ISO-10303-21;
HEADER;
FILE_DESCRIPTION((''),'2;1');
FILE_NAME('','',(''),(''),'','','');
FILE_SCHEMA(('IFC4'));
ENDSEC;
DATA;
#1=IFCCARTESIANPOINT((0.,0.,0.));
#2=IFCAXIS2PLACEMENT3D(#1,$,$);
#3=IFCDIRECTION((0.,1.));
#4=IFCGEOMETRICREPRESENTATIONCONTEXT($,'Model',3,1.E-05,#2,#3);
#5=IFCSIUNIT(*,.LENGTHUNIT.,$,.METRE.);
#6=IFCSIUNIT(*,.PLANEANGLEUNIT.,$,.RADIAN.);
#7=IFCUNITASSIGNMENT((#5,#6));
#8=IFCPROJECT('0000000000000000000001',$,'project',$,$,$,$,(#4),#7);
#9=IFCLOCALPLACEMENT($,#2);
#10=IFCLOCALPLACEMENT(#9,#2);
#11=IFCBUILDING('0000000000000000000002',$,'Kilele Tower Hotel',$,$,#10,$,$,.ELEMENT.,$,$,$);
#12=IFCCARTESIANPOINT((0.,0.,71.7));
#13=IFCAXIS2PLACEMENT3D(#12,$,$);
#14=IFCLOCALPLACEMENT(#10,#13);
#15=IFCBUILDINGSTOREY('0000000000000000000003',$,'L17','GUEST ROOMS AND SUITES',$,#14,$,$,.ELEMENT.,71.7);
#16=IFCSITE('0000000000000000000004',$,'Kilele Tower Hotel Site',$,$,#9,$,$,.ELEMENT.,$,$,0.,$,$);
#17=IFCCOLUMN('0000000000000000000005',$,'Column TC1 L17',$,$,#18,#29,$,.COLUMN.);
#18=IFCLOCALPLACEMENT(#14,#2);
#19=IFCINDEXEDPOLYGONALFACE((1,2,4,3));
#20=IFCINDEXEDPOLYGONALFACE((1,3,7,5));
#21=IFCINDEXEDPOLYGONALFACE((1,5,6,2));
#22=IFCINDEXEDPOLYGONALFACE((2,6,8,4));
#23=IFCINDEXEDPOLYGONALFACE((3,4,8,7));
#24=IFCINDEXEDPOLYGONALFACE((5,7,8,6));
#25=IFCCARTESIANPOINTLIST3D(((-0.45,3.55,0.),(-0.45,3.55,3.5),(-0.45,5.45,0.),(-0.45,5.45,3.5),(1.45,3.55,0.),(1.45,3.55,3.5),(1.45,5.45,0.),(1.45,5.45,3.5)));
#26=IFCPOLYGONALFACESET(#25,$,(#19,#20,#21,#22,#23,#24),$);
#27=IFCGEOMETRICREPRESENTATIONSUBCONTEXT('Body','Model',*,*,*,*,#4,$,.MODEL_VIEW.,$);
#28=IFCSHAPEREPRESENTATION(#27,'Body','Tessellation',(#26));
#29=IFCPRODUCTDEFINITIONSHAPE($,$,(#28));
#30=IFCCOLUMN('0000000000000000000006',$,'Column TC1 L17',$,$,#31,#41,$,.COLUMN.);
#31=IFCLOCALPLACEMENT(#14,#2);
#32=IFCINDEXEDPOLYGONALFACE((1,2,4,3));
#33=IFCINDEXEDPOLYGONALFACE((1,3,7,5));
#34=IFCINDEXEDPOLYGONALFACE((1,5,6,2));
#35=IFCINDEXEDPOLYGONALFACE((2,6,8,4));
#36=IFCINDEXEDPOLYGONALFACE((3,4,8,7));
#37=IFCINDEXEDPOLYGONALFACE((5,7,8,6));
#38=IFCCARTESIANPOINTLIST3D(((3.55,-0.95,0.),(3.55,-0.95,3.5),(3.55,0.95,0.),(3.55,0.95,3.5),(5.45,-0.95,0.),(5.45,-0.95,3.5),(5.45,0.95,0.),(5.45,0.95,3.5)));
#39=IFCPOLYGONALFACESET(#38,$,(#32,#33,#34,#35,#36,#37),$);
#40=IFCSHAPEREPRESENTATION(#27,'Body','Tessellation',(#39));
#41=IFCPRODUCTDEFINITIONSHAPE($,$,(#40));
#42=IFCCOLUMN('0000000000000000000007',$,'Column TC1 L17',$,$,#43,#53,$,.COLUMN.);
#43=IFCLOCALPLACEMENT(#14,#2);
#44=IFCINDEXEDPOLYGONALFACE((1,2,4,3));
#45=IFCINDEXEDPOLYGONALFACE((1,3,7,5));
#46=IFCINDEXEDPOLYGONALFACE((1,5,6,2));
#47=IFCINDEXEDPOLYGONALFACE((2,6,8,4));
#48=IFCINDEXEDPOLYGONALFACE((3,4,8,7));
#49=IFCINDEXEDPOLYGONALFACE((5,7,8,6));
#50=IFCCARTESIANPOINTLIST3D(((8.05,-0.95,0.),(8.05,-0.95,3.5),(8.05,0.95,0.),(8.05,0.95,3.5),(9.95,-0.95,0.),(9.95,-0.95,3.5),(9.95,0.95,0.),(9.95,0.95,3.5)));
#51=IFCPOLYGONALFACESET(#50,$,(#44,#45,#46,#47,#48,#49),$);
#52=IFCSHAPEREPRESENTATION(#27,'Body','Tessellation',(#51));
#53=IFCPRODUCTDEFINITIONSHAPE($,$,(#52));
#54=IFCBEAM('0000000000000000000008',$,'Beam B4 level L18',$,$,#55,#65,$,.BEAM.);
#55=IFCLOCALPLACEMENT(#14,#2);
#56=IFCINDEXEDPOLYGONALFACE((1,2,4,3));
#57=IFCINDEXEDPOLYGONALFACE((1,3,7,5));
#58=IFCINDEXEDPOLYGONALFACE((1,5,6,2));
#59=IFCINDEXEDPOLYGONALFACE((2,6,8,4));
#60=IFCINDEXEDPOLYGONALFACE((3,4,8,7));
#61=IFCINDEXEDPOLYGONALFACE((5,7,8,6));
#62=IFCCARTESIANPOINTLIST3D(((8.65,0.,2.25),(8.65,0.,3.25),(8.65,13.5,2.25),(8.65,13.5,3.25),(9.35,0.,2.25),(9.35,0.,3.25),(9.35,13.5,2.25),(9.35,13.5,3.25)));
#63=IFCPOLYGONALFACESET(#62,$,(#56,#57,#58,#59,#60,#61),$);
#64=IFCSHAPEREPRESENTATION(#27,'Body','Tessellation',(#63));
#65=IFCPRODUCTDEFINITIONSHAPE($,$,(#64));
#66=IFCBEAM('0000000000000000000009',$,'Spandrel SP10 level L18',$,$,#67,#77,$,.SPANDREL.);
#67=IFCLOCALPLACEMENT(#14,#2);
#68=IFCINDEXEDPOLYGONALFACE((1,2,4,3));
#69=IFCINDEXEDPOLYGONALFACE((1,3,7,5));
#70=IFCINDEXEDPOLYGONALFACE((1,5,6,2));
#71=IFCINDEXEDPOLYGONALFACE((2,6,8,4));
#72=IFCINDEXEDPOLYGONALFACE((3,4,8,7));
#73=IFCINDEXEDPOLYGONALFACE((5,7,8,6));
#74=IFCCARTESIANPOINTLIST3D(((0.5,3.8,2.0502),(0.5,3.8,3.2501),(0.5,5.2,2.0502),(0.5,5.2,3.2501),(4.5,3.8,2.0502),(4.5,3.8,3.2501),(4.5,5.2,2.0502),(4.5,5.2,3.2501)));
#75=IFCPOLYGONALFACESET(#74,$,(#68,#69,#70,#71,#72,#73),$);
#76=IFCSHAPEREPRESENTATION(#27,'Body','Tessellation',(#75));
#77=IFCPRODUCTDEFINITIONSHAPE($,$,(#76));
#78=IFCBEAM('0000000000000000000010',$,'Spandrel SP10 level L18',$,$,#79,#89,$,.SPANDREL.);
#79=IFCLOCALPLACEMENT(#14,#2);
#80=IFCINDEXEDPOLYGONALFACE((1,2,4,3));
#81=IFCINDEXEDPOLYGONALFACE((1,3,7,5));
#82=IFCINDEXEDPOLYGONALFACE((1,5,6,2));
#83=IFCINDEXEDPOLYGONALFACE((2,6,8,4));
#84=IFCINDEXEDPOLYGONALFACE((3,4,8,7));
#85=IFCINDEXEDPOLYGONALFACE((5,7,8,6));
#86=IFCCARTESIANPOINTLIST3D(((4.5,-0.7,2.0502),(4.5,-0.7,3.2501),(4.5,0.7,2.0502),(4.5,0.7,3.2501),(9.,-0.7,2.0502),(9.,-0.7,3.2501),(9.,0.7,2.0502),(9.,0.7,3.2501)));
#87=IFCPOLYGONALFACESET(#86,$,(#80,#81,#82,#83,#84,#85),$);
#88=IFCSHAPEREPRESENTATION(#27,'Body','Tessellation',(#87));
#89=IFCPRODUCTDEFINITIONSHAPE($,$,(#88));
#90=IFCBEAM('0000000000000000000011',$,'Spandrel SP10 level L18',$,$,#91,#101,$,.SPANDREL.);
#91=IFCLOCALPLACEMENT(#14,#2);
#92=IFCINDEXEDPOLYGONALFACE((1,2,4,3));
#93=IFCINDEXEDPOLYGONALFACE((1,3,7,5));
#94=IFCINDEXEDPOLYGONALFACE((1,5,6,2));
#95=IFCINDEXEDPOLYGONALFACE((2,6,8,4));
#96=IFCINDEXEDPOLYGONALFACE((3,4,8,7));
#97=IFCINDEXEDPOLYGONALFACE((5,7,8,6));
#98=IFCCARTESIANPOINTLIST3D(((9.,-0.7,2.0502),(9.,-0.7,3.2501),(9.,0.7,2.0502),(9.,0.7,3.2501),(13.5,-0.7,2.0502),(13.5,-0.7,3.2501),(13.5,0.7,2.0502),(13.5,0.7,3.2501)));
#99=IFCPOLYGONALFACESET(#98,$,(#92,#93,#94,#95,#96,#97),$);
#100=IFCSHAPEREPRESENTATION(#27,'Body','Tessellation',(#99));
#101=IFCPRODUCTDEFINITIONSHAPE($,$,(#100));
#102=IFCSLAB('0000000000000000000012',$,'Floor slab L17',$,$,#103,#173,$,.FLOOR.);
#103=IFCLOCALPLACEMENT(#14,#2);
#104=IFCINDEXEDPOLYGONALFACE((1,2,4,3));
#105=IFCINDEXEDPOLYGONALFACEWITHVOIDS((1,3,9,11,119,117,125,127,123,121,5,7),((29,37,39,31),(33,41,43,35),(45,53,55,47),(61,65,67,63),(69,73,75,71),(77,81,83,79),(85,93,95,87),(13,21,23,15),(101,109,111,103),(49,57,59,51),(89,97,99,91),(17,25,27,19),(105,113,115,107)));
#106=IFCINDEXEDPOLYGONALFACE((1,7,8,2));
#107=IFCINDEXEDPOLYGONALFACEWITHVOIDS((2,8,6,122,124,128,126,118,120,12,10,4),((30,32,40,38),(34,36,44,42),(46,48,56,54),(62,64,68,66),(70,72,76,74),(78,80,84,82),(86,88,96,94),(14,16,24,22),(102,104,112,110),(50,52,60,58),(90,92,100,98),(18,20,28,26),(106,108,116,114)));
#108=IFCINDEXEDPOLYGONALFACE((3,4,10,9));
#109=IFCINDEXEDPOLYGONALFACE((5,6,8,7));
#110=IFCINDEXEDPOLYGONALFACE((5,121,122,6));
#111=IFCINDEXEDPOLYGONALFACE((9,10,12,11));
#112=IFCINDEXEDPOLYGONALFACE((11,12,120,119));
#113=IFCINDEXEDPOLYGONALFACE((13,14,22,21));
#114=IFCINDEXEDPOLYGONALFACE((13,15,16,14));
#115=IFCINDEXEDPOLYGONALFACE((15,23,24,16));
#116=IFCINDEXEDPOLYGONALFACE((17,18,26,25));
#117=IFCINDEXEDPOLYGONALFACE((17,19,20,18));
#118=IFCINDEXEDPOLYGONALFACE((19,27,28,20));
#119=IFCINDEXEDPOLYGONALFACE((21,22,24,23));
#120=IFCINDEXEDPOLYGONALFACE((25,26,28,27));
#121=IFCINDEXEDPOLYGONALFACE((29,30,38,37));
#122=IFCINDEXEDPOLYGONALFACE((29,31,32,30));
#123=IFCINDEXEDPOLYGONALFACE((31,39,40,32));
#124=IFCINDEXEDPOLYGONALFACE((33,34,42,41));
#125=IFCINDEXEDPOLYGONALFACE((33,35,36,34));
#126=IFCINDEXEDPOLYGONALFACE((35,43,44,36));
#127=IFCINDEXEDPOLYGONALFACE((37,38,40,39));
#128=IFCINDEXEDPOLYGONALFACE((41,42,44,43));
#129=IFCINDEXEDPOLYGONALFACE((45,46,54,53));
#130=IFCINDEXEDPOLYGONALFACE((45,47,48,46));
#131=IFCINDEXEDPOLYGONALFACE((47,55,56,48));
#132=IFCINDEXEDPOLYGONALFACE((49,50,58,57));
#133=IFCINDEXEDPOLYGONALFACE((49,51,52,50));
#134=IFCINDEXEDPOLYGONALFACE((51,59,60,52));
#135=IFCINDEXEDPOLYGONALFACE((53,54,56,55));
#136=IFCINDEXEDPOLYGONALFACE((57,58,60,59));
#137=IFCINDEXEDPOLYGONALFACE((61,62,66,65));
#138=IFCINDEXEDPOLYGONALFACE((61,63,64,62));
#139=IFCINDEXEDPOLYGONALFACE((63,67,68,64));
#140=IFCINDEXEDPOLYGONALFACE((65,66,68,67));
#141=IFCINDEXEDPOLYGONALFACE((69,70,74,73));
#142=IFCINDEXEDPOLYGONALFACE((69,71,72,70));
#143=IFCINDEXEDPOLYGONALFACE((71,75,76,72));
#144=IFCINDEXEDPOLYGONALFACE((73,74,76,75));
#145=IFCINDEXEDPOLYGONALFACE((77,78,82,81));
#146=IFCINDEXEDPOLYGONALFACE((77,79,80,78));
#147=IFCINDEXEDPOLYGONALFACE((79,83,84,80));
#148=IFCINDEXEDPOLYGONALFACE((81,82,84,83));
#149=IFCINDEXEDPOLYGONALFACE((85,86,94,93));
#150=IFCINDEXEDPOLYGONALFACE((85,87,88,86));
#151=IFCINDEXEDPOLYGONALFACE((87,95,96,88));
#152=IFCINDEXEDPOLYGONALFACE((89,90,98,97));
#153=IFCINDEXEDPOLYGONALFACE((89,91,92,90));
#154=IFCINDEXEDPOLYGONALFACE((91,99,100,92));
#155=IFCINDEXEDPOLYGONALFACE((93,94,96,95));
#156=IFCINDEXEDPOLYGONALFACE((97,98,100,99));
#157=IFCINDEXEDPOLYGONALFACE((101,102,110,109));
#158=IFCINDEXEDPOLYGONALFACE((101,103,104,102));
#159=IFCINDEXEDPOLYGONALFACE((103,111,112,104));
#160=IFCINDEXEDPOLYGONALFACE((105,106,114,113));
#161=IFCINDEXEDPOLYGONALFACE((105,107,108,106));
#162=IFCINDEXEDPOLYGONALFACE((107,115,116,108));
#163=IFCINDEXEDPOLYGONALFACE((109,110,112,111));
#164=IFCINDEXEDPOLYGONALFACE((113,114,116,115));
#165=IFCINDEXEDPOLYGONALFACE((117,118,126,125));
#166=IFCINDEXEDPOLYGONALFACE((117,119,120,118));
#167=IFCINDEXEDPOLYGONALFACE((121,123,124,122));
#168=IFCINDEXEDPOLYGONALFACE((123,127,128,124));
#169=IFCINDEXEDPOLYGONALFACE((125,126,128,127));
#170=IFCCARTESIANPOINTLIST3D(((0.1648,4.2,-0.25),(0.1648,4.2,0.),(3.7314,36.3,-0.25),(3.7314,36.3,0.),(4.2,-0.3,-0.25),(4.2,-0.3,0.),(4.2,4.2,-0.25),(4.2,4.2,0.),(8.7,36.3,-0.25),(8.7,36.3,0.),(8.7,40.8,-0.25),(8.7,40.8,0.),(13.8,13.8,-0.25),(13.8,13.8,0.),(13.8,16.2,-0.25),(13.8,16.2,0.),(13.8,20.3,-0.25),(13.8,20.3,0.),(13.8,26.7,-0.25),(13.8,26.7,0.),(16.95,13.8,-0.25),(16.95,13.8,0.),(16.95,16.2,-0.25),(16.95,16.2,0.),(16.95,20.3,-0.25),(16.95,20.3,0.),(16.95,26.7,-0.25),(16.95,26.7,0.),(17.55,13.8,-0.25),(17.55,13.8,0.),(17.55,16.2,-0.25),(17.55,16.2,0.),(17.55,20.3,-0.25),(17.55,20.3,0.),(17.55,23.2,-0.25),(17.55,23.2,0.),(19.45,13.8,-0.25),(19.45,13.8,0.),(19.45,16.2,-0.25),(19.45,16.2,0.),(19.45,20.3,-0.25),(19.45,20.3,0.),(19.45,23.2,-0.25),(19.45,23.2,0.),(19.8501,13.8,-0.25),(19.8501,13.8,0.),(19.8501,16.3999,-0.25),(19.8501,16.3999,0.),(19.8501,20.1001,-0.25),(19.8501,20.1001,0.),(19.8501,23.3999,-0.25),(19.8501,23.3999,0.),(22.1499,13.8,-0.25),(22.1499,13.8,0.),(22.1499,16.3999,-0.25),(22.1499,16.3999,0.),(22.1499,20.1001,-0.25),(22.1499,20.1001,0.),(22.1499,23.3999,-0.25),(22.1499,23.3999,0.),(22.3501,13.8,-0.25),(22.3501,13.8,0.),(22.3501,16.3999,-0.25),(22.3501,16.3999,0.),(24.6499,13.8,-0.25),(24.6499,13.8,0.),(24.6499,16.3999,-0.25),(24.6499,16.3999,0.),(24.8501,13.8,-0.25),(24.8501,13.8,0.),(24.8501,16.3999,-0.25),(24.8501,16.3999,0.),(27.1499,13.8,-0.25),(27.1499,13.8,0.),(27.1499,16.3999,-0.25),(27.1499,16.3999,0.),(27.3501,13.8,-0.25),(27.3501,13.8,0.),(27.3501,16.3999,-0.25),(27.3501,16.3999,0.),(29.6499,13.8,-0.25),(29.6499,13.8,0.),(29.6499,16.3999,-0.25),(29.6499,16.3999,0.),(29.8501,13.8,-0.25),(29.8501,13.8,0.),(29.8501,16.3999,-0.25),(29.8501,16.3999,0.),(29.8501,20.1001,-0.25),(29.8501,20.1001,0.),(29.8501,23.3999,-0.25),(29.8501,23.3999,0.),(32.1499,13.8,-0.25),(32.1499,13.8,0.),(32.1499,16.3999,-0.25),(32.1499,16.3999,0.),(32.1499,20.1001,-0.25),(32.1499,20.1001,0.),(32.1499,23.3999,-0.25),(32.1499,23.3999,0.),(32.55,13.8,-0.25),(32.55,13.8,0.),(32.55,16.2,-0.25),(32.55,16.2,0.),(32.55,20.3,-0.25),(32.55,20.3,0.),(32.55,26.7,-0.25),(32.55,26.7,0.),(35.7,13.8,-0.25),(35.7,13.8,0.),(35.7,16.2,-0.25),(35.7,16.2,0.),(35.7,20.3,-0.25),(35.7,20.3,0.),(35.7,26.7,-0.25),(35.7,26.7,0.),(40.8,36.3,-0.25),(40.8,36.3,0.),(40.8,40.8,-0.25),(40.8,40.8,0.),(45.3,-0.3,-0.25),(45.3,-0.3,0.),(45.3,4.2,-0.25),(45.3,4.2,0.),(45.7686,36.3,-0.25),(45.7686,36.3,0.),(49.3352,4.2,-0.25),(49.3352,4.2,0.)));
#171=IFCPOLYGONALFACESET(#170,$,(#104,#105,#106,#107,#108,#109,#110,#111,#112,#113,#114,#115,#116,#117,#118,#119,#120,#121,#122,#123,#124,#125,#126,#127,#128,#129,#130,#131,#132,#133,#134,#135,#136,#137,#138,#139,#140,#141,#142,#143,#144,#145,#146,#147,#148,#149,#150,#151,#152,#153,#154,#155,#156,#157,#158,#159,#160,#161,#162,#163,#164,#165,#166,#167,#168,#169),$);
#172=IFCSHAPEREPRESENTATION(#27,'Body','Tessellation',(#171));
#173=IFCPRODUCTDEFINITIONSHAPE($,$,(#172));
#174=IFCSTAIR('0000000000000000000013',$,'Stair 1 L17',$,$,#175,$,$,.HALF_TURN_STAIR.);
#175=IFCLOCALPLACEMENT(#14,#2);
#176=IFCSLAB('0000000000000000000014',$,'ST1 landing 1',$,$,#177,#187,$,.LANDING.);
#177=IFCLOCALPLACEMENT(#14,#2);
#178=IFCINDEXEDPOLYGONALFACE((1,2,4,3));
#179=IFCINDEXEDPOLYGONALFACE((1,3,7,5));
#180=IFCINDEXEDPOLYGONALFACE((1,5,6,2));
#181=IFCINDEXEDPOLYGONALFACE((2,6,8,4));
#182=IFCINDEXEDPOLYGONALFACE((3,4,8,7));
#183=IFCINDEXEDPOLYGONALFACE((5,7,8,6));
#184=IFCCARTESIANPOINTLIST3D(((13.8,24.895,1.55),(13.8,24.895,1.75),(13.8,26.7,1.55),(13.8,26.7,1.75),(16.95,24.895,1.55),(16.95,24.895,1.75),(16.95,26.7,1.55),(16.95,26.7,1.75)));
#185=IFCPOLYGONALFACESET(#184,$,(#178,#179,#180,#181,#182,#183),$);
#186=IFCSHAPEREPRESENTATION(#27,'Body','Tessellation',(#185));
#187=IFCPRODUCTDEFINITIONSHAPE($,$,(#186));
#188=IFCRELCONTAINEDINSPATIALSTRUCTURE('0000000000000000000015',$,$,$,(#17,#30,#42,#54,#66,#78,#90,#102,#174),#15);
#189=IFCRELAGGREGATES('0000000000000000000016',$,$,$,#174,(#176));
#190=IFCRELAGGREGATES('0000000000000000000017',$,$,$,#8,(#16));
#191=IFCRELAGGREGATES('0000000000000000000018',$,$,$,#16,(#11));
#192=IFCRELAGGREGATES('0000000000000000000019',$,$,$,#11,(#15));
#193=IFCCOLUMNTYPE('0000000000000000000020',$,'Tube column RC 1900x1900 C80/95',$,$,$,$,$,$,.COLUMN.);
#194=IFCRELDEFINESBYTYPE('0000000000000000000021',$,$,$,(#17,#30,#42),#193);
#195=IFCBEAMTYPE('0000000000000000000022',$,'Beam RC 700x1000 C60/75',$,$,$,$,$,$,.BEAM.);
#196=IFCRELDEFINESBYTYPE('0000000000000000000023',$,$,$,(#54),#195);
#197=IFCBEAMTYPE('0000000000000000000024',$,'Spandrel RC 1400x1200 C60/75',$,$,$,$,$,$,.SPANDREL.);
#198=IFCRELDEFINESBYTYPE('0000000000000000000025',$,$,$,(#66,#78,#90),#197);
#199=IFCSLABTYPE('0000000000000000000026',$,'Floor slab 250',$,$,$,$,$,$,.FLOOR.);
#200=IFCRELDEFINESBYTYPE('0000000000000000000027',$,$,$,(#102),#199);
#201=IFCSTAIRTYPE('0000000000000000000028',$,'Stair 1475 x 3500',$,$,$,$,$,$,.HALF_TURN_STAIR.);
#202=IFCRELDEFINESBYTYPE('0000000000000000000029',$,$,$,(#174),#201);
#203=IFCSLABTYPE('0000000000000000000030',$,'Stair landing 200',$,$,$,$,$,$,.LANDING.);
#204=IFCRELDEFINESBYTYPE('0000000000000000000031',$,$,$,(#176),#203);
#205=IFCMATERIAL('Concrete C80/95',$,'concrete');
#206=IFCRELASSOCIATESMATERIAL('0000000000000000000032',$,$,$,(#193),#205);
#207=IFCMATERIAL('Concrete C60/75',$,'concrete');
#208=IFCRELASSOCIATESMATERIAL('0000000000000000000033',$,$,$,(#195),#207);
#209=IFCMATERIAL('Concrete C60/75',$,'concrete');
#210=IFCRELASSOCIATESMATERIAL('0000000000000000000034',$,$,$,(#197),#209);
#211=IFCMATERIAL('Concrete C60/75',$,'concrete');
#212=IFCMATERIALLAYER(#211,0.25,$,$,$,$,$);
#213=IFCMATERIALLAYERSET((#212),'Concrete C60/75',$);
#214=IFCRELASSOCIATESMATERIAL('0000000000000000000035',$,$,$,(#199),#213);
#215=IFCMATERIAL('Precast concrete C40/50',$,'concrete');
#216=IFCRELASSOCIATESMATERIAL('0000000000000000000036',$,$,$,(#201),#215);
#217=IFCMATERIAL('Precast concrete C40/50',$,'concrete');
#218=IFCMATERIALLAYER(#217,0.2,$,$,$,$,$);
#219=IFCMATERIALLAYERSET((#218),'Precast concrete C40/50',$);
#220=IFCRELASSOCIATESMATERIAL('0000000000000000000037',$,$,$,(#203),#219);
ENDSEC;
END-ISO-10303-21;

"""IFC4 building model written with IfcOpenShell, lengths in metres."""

from ifc_helpers import new_model, si_unit, direction, frame, origin, origin_2d, place, context, subcontext, project, spatial, polyline, rectangle, outline, extrude, material, layer, layer_set, material_profile, profile_set, type_object, element, aggregate, save


model = new_model("IFC4")

# Units and contexts
model_context = context("Model", 3, precision=1e-05, world=origin(), true_north=direction((0.0, 1.0)))
body_context = subcontext(model_context, "Body", "Model", "MODEL_VIEW")
ifc_project = project(units=[si_unit("LENGTHUNIT", "METRE"), si_unit("PLANEANGLEUNIT", "RADIAN")], contexts=[model_context])

# Site, building, storey
site_placement = place(None, origin())
site = spatial("IfcSite", under=ifc_project, at=site_placement, Name="Kilele Tower Hotel Site", CompositionType="ELEMENT", RefElevation=0.0)
building_placement = place(site_placement, origin())
building = spatial("IfcBuilding", under=site, at=building_placement, Name="Kilele Tower Hotel", CompositionType="ELEMENT")
storey_placement = place(building_placement, frame((0.0, 0.0, 71.7)))
storey = spatial("IfcBuildingStorey", under=building, at=storey_placement, Name="L17", Description="GUEST ROOMS AND SUITES", CompositionType="ELEMENT", Elevation=71.7)

# Columns
ifc_material_1 = material(Name="Concrete C80/95", Category="concrete")
ifc_material_profile_1 = material_profile(ifc_material_1, rectangle(XDim=1.8999, YDim=1.8999, at=origin_2d()))
ifc_profile_set_1 = profile_set([ifc_material_profile_1], Name="Concrete C80/95")
column_type = type_object("IfcColumnType", Name="Tube column RC 1900x1900 C80/95", PredefinedType="COLUMN", material=ifc_profile_set_1)
for number, where, z_axis, x_axis, name in (
    (1, (0.5, 4.5, 0.0), (0.0, 0.0, 1.0), (1.0, 0.0, 0.0), "Column TC1 L17"),
    (2, (4.5, 0.0, 0.0), (0.0, 0.0, 1.0), (1.0, 0.0, 0.0), "Column TC1 L17"),
    (3, (9.0, 0.0, 0.0), (0.0, 0.0, 1.0), (1.0, 0.0, 0.0), "Column TC1 L17"),
):
    element("IfcColumn", number, at=place(storey_placement, frame(where, z_axis=z_axis, x_axis=x_axis)), inside=storey, type_object=column_type, Name=name, PredefinedType="COLUMN", context=body_context, shape_type="SweptSolid", body=[
        extrude(rectangle(XDim=1.8999, YDim=1.8999, at=origin_2d()), origin(), (0.0, 0.0, 1.0), 3.5),
    ])

# Beams
ifc_material_2 = material(Name="Concrete C60/75", Category="concrete")
ifc_material_profile_2 = material_profile(ifc_material_2, rectangle(XDim=0.7, YDim=1.0, at=origin_2d()))
ifc_profile_set_2 = profile_set([ifc_material_profile_2], Name="Concrete C60/75")
beam_type_1 = type_object("IfcBeamType", Name="Beam RC 700x1000 C60/75", PredefinedType="BEAM", material=ifc_profile_set_2)
beam_1_placement = place(storey_placement, frame((9.0, 0.0, 2.75), z_axis=(0.0, 1.0, 0.0), x_axis=(-1.0, 0.0, 0.0)))
element("IfcBeam", 4, at=beam_1_placement, inside=storey, type_object=beam_type_1, Name="Beam B4 level L18", PredefinedType="BEAM", context=body_context, shape_type="SweptSolid", body=[
    extrude(rectangle(XDim=0.7, YDim=1.0, at=origin_2d()), origin(), (0.0, 0.0, 1.0), 13.5),
])
ifc_material_3 = material(Name="Concrete C60/75", Category="concrete")
ifc_material_profile_3 = material_profile(ifc_material_3, rectangle(XDim=1.3999, YDim=1.2, at=origin_2d()))
ifc_profile_set_3 = profile_set([ifc_material_profile_3], Name="Concrete C60/75")
beam_type_2 = type_object("IfcBeamType", Name="Spandrel RC 1400x1200 C60/75", PredefinedType="SPANDREL", material=ifc_profile_set_3)
beam_2_placement = place(storey_placement, frame((0.5, 4.5, 2.6501), z_axis=(1.0, 0.0, 0.0), x_axis=(0.0, 1.0, 0.0)))
element("IfcBeam", 5, at=beam_2_placement, inside=storey, type_object=beam_type_2, Name="Spandrel SP10 level L18", PredefinedType="SPANDREL", context=body_context, shape_type="SweptSolid", body=[
    extrude(rectangle(XDim=1.3999, YDim=1.2, at=origin_2d()), origin(), (0.0, 0.0, 1.0), 4.0),
])
for number, where, z_axis, x_axis, name in (
    (6, (4.5, 0.0, 2.6501), (1.0, 0.0, 0.0), (0.0, 1.0, 0.0), "Spandrel SP10 level L18"),
    (7, (9.0, 0.0, 2.6501), (1.0, 0.0, 0.0), (0.0, 1.0, 0.0), "Spandrel SP10 level L18"),
):
    element("IfcBeam", number, at=place(storey_placement, frame(where, z_axis=z_axis, x_axis=x_axis)), inside=storey, type_object=beam_type_2, Name=name, PredefinedType="SPANDREL", context=body_context, shape_type="SweptSolid", body=[
        extrude(rectangle(XDim=1.3999, YDim=1.2, at=origin_2d()), origin(), (0.0, 0.0, 1.0), 4.5),
    ])

# Slab
ifc_material_4 = material(Name="Concrete C60/75", Category="concrete")
ifc_layer_1 = layer(ifc_material_4, 0.25)
ifc_layer_set_1 = layer_set([ifc_layer_1], Name="Concrete C60/75")
slab_type_1 = type_object("IfcSlabType", Name="Floor slab 250", PredefinedType="FLOOR", material=ifc_layer_set_1)
slab_1_placement = place(storey_placement, frame((0.0, 0.0, -0.25)))
element("IfcSlab", 8, at=slab_1_placement, inside=storey, type_object=slab_type_1, Name="Floor slab L17", PredefinedType="FLOOR", context=body_context, shape_type="SweptSolid", body=[
    extrude(outline(polyline([(8.7, 36.3), (8.7, 40.8), (40.8, 40.8), (40.8, 36.3), (45.7686, 36.3), (49.3352, 4.2), (45.3, 4.2), (45.3, -0.3), (4.2, -0.3), (4.2, 4.2), (0.1648, 4.2), (3.7314, 36.3), (8.7, 36.3)]), holes=[polyline([(16.95, 16.2), (13.8, 16.2), (13.8, 13.8), (16.95, 13.8), (16.95, 16.2)]), polyline([(19.45, 13.8), (19.45, 16.2), (17.55, 16.2), (17.55, 13.8), (19.45, 13.8)]), polyline([(22.1499, 13.8), (22.1499, 16.3999), (19.8501, 16.3999), (19.8501, 13.8), (22.1499, 13.8)]), polyline([(24.6499, 16.3999), (22.3501, 16.3999), (22.3501, 13.8), (24.6499, 13.8), (24.6499, 16.3999)]), polyline([(19.45, 20.3), (19.45, 23.2), (17.55, 23.2), (17.55, 20.3), (19.45, 20.3)]), polyline([(22.1499, 20.1001), (22.1499, 23.3999), (19.8501, 23.3999), (19.8501, 20.1001), (22.1499, 20.1001)]), polyline([(16.95, 26.7), (13.8, 26.7), (13.8, 20.3), (16.95, 20.3), (16.95, 26.7)]), polyline([(35.7, 13.8), (35.7, 16.2), (32.55, 16.2), (32.55, 13.8), (35.7, 13.8)]), polyline([(27.1499, 13.8), (27.1499, 16.3999), (24.8501, 16.3999), (24.8501, 13.8), (27.1499, 13.8)]), polyline([(29.6499, 13.8), (29.6499, 16.3999), (27.3501, 16.3999), (27.3501, 13.8), (29.6499, 13.8)]), polyline([(32.1499, 13.8), (32.1499, 16.3999), (29.8501, 16.3999), (29.8501, 13.8), (32.1499, 13.8)]), polyline([(32.1499, 20.1001), (32.1499, 23.3999), (29.8501, 23.3999), (29.8501, 20.1001), (32.1499, 20.1001)]), polyline([(35.7, 20.3), (35.7, 26.7), (32.55, 26.7), (32.55, 20.3), (35.7, 20.3)])]), origin(), (0.0, 0.0, 1.0), 0.25),
])

# Stair, slab
ifc_material_5 = material(Name="Precast concrete C40/50", Category="concrete")
stair_type = type_object("IfcStairType", Name="Stair 1475 x 3500", PredefinedType="HALF_TURN_STAIR", material=ifc_material_5)
stair_1_placement = place(storey_placement, origin())
stair_1 = element("IfcStair", 9, at=stair_1_placement, inside=storey, type_object=stair_type, Name="Stair 1 L17", PredefinedType="HALF_TURN_STAIR")
ifc_material_6 = material(Name="Precast concrete C40/50", Category="concrete")
ifc_layer_2 = layer(ifc_material_6, 0.2)
ifc_layer_set_2 = layer_set([ifc_layer_2], Name="Precast concrete C40/50")
slab_type_2 = type_object("IfcSlabType", Name="Stair landing 200", PredefinedType="LANDING", material=ifc_layer_set_2)
slab_2_placement = place(storey_placement, frame((0.0, 0.0, 1.55)))
slab_2 = element("IfcSlab", 10, at=slab_2_placement, type_object=slab_type_2, Name="ST1 landing 1", PredefinedType="LANDING", context=body_context, shape_type="SweptSolid", body=[
    extrude(outline(polyline([(13.8, 24.895), (16.95, 24.895), (16.95, 26.7), (13.8, 26.7), (13.8, 24.895)])), origin(), (0.0, 0.0, 1.0), 0.2),
])
aggregate(stair_1, [slab_2])

save(model, "model.ifc")
